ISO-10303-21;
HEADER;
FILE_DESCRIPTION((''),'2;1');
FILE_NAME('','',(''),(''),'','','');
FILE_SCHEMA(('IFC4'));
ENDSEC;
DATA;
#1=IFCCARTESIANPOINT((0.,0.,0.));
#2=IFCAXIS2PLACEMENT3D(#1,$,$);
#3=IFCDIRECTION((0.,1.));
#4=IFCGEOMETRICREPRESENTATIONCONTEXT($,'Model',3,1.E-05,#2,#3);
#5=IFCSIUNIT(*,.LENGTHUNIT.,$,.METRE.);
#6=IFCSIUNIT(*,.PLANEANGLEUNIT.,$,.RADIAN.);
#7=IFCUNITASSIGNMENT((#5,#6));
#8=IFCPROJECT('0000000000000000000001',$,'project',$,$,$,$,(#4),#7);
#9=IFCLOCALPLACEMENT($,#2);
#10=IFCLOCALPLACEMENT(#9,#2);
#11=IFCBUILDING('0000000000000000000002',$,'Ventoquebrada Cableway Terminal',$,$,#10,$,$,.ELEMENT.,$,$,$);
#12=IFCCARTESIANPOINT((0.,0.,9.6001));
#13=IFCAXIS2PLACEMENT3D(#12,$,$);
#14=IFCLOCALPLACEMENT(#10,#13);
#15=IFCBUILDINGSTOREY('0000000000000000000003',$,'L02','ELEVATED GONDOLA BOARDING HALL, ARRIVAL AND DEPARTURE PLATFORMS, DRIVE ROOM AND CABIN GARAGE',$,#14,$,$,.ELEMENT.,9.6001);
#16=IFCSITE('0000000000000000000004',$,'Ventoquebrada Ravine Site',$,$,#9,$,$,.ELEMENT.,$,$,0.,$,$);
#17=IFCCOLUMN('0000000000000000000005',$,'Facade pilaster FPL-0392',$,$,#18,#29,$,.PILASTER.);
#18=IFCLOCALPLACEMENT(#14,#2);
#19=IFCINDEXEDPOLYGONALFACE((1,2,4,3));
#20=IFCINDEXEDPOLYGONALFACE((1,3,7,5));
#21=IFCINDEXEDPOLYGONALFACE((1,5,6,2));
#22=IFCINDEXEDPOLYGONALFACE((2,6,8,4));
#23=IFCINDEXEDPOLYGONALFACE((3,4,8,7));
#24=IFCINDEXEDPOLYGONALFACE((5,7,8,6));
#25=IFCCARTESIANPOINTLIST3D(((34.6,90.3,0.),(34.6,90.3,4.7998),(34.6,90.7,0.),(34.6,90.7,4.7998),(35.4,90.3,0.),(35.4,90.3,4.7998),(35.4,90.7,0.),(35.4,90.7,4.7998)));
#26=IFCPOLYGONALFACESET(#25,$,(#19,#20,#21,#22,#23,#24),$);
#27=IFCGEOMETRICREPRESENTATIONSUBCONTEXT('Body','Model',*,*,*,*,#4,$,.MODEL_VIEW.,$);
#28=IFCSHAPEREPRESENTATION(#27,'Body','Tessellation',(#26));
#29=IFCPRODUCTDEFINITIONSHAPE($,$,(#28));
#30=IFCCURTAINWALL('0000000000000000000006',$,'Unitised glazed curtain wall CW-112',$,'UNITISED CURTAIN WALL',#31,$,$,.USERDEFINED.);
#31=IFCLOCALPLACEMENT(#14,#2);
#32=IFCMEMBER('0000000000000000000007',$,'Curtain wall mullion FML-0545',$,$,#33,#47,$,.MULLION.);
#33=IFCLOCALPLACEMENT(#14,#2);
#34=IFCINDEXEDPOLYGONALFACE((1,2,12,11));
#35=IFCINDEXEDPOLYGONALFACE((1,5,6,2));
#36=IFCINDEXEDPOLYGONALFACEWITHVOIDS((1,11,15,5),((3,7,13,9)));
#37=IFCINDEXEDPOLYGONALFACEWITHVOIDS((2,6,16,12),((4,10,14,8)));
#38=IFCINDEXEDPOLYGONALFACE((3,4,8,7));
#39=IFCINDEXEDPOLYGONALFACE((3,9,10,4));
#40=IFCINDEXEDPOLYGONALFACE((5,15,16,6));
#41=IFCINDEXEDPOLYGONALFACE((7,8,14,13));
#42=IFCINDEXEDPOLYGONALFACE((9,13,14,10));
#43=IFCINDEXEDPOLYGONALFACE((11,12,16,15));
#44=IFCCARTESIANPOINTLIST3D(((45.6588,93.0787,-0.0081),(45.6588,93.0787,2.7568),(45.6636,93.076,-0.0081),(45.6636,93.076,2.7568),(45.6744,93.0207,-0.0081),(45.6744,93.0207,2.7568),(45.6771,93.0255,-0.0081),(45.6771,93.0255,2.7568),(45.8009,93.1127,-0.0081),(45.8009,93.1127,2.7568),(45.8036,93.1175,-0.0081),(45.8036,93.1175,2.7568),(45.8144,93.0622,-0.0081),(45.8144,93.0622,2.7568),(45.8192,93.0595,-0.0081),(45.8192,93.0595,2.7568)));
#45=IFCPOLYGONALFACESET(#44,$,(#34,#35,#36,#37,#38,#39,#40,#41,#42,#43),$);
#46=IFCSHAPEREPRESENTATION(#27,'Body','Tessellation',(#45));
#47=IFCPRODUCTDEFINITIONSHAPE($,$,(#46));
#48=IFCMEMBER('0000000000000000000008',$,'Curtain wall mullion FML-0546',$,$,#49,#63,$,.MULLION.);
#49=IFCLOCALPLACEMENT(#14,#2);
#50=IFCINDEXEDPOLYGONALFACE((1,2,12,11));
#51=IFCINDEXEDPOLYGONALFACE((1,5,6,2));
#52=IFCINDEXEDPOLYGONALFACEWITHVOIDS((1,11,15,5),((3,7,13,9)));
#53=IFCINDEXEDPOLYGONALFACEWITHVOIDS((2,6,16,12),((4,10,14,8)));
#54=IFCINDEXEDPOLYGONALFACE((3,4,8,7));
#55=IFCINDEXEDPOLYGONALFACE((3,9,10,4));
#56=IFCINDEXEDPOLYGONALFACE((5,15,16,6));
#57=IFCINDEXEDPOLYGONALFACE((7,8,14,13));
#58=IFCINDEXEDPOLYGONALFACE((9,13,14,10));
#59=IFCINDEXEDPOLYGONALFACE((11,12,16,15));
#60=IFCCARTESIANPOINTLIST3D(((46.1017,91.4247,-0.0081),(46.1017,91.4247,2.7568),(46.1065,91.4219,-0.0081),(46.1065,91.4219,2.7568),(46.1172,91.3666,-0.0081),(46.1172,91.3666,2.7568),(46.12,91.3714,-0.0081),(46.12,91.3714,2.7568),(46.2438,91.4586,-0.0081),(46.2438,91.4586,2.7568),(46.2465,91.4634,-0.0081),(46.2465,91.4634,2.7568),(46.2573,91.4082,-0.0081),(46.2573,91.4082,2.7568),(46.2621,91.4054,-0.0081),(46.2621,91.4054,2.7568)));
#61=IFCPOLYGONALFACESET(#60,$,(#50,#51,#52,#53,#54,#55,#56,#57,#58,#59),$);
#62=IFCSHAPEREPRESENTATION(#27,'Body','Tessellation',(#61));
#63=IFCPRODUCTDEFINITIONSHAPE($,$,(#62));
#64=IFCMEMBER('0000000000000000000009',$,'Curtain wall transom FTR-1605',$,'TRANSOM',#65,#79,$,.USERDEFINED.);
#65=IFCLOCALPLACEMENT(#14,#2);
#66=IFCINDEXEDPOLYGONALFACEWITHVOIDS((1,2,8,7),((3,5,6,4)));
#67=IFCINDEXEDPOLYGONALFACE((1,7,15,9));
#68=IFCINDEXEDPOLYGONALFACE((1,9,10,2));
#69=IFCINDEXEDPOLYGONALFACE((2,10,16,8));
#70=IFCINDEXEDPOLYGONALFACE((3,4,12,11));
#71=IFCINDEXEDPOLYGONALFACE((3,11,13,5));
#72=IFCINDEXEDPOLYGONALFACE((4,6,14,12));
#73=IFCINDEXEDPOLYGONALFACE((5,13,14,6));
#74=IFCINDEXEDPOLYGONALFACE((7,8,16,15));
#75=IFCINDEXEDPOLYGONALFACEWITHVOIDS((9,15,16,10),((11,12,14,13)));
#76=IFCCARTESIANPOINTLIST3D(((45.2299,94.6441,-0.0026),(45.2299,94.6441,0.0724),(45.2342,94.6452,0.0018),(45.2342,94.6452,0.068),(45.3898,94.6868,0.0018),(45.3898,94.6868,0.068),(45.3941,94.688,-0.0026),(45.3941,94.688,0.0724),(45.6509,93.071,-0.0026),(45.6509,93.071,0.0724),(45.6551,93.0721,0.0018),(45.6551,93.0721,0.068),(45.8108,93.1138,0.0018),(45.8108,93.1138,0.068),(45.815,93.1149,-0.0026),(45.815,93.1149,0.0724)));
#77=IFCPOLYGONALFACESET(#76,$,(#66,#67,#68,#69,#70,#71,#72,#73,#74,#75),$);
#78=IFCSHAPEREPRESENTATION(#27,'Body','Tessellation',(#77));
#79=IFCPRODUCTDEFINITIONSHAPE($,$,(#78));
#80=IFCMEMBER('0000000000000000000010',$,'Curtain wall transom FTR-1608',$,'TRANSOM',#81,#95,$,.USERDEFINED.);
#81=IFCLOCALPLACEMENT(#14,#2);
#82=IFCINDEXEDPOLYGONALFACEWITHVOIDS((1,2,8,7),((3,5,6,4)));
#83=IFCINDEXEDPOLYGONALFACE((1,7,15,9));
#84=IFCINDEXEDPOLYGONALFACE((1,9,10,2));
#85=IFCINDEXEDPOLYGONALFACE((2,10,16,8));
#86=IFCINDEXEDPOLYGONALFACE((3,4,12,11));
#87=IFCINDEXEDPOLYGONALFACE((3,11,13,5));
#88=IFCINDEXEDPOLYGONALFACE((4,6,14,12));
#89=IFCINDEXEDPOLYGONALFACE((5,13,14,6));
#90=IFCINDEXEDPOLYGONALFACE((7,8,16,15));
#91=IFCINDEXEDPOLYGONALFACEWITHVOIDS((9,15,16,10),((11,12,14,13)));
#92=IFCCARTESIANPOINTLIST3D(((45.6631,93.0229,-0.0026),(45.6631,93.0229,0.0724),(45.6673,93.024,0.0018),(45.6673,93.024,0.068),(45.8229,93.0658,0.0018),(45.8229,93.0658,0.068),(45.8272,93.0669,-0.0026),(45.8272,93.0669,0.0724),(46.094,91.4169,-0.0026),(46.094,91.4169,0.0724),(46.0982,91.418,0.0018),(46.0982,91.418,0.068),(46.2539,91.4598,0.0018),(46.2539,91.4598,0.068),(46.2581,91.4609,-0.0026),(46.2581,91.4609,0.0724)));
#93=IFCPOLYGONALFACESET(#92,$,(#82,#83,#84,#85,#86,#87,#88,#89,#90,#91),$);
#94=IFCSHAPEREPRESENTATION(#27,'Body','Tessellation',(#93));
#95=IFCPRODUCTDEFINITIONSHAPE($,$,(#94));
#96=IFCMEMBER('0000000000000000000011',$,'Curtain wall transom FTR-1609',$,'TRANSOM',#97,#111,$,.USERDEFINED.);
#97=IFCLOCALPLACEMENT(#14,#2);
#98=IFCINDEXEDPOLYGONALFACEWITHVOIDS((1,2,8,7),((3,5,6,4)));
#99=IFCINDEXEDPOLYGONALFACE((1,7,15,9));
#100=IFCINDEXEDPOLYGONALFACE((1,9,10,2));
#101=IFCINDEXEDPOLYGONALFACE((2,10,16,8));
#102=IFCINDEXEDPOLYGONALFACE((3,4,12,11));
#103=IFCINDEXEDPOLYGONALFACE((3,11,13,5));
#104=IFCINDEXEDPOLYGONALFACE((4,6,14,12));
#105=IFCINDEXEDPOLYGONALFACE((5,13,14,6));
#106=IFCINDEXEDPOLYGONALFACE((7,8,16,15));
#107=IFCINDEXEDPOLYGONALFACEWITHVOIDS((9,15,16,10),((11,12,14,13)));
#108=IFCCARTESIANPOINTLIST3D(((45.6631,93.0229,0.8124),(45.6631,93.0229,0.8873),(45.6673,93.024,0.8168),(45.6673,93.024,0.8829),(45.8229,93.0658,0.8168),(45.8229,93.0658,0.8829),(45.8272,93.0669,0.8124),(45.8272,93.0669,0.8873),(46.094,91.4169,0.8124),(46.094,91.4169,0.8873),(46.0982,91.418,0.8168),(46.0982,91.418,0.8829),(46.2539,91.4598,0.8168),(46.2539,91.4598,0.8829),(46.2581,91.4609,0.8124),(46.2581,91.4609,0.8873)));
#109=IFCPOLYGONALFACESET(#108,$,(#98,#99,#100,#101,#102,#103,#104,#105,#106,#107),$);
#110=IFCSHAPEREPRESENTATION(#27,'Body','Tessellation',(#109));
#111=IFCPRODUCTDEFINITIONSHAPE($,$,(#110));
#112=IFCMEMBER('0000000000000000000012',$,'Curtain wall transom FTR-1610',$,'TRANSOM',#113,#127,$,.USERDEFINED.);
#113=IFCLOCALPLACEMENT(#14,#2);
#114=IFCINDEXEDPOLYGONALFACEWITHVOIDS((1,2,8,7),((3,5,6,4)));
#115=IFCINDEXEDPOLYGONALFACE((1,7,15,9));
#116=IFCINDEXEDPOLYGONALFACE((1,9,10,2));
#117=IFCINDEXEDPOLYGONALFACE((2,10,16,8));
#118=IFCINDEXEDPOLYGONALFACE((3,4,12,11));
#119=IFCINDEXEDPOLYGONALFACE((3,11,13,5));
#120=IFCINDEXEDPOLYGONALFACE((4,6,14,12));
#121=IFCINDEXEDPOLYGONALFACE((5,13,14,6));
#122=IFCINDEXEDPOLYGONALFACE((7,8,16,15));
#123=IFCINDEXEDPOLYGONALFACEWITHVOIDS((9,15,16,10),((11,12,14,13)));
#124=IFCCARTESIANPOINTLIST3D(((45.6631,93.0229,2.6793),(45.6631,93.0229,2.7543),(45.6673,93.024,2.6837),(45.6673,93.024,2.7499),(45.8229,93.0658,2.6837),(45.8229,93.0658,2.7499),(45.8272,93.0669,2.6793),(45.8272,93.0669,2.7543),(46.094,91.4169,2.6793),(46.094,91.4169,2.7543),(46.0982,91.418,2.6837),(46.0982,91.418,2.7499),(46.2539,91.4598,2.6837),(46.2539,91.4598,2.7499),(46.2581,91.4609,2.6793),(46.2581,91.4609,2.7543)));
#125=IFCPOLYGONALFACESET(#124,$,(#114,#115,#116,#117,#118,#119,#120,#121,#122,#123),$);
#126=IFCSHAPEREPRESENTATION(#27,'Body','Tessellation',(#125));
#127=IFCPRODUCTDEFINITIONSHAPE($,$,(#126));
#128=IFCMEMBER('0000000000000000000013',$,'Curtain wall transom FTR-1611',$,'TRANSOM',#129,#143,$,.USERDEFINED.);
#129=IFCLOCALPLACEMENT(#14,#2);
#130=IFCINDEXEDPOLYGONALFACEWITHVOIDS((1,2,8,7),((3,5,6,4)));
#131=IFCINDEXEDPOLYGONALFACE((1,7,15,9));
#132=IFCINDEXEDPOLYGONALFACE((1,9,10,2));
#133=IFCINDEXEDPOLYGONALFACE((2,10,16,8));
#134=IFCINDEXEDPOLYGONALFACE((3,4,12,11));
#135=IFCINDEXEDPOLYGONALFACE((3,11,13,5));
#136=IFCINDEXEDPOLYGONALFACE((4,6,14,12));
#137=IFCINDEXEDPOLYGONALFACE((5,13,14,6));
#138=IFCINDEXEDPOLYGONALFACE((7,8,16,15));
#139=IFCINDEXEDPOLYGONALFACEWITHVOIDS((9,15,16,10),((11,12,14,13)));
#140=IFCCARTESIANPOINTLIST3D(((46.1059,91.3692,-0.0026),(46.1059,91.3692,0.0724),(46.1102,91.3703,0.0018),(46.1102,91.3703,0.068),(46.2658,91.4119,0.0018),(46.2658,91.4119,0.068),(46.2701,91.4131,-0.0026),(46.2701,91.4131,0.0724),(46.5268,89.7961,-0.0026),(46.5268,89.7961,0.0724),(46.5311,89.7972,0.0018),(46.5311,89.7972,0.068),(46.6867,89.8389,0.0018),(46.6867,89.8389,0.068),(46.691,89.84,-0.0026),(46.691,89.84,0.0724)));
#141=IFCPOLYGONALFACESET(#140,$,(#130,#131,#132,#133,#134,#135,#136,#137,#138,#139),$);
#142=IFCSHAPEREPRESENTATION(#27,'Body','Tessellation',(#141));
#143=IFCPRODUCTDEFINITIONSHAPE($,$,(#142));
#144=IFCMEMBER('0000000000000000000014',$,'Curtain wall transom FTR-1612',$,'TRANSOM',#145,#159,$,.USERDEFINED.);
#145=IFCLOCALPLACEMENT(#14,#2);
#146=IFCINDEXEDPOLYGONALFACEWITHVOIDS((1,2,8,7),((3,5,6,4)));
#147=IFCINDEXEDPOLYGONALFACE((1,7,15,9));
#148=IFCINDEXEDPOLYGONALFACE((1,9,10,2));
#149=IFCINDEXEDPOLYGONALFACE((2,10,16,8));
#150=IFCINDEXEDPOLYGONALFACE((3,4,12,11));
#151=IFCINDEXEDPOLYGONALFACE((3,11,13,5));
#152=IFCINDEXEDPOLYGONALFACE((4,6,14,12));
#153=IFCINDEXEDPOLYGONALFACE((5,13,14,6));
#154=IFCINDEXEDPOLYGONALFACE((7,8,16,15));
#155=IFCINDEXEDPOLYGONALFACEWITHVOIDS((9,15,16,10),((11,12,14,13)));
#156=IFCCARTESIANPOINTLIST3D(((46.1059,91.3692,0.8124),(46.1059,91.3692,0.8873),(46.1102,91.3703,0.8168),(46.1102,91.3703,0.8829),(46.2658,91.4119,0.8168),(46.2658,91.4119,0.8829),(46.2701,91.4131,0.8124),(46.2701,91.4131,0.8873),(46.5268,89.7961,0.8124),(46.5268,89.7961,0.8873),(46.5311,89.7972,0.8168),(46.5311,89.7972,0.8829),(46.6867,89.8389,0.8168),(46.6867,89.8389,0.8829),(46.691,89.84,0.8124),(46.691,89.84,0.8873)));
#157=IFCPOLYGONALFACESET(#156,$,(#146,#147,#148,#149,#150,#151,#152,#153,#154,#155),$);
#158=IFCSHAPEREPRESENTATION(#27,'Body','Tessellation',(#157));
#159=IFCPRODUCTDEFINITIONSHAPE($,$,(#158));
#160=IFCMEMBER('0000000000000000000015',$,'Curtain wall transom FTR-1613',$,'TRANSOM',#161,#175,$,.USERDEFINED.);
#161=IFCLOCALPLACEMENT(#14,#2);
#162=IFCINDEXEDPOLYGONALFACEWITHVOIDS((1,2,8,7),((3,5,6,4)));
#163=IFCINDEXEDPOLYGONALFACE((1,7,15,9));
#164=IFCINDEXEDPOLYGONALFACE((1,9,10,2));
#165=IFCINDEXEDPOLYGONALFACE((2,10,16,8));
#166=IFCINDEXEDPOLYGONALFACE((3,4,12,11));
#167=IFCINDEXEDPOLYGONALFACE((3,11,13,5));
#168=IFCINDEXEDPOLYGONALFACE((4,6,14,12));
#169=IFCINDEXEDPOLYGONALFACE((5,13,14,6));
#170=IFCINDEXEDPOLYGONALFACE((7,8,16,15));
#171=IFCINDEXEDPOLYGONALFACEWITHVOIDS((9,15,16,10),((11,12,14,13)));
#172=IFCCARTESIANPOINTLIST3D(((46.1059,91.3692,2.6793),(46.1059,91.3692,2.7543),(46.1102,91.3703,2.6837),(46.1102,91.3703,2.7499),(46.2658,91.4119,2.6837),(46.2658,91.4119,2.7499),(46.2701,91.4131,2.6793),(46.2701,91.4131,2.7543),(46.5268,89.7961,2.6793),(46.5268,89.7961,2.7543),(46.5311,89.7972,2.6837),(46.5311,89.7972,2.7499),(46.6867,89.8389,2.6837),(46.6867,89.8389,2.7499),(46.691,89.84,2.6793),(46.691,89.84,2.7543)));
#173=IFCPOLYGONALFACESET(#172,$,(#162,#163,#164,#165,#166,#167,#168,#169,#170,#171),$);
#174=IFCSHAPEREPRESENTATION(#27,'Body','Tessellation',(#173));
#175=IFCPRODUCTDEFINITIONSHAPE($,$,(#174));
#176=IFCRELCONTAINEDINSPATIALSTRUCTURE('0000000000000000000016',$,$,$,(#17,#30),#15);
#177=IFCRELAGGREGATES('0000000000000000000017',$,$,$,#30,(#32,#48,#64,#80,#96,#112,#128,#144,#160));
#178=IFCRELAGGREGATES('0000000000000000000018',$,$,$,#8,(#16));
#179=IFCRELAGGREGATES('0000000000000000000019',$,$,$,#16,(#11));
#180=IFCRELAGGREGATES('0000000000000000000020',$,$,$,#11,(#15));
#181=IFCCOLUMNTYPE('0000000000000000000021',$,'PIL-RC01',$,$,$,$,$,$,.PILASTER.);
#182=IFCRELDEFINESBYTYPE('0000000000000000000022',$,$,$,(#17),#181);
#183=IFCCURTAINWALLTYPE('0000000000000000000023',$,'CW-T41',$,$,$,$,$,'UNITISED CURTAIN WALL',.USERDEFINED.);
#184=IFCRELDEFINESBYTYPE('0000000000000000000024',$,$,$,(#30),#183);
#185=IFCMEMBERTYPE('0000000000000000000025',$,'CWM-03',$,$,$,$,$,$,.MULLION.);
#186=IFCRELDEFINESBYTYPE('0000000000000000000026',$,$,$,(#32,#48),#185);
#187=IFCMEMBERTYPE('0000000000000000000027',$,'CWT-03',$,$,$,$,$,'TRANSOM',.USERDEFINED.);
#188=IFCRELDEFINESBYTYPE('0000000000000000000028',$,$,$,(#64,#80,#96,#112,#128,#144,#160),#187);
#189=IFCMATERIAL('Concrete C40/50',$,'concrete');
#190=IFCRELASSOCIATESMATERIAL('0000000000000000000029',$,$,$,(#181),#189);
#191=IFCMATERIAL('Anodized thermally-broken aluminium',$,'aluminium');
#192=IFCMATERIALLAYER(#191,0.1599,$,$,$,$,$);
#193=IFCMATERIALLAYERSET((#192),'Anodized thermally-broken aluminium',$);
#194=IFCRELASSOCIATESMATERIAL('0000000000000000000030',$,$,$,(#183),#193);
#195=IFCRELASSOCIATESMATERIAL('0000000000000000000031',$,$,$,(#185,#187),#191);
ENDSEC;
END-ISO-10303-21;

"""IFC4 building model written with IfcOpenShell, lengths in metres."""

from ifc_helpers import new_model, si_unit, direction, frame, origin, origin_2d, place, context, subcontext, project, spatial, rectangle, hollow_rectangle, extrude, material, layer, layer_set, material_profile, profile_set, type_object, element, aggregate, save


model = new_model("IFC4")

# Units and contexts
model_context = context("Model", 3, precision=1e-05, world=origin(), true_north=direction((0.0, 1.0)))
body_context = subcontext(model_context, "Body", "Model", "MODEL_VIEW")
ifc_project = project(units=[si_unit("LENGTHUNIT", "METRE"), si_unit("PLANEANGLEUNIT", "RADIAN")], contexts=[model_context])

# Site, building, storey
site_placement = place(None, origin())
site = spatial("IfcSite", under=ifc_project, at=site_placement, Name="Ventoquebrada Ravine Site", CompositionType="ELEMENT", RefElevation=0.0)
building_placement = place(site_placement, origin())
building = spatial("IfcBuilding", under=site, at=building_placement, Name="Ventoquebrada Cableway Terminal", CompositionType="ELEMENT")
storey_placement = place(building_placement, frame((0.0, 0.0, 9.6001)))
storey = spatial("IfcBuildingStorey", under=building, at=storey_placement, Name="L02", Description="ELEVATED GONDOLA BOARDING HALL, ARRIVAL AND DEPARTURE PLATFORMS, DRIVE ROOM AND CABIN GARAGE", CompositionType="ELEMENT", Elevation=9.6001)

# Column
ifc_material_1 = material(Name="Concrete C40/50", Category="concrete")
ifc_material_profile_1 = material_profile(ifc_material_1, rectangle(XDim=0.3999, YDim=0.8, at=origin_2d()), Name="RC-PIL-400X800")
ifc_profile_set_1 = profile_set([ifc_material_profile_1], Name="Concrete C40/50")
column_type = type_object("IfcColumnType", Name="PIL-RC01", PredefinedType="PILASTER", material=ifc_profile_set_1)
column_placement = place(storey_placement, frame((35.0, 90.5, 0.0), z_axis=(0.0, 0.0, 1.0), x_axis=(0.0, 1.0, 0.0)))
element("IfcColumn", 1, at=column_placement, inside=storey, type_object=column_type, Name="Facade pilaster FPL-0392", PredefinedType="PILASTER", context=body_context, shape_type="SweptSolid", body=[
    extrude(rectangle(XDim=0.3999, YDim=0.8, at=origin_2d()), origin(), (0.0, 0.0, 1.0), 4.7998),
])

# Curtain wall, members
ifc_material_2 = material(Name="Anodized thermally-broken aluminium", Category="aluminium")
ifc_layer_1 = layer(ifc_material_2, 0.1599)
ifc_layer_set_1 = layer_set([ifc_layer_1], Name="Anodized thermally-broken aluminium")
curtain_wall_type_1 = type_object("IfcCurtainWallType", Name="CW-T41", ElementType="UNITISED CURTAIN WALL", PredefinedType="USERDEFINED", material=ifc_layer_set_1)
curtain_wall_1_placement = place(storey_placement, origin())
curtain_wall_1 = element("IfcCurtainWall", 2, at=curtain_wall_1_placement, inside=storey, type_object=curtain_wall_type_1, Name="Unitised glazed curtain wall CW-112", ObjectType="UNITISED CURTAIN WALL", PredefinedType="USERDEFINED")
ifc_material_profile_2 = material_profile(ifc_material_2, hollow_rectangle(XDim=0.0601, YDim=0.1499, WallThickness=0.0039, at=origin_2d()), Name="CW-MUL-60X150")
ifc_profile_set_2 = profile_set([ifc_material_profile_2], Name="Anodized thermally-broken aluminium")
member_type_1 = type_object("IfcMemberType", Name="CWM-03", PredefinedType="MULLION", material=ifc_profile_set_2)
member_1_placement = place(storey_placement, frame((45.739, 93.0691, -0.0081), z_axis=(0.0, 0.0, 1.0), x_axis=(0.258617, -0.96598, 0.0)))
member_1 = element("IfcMember", 3, at=member_1_placement, type_object=member_type_1, Name="Curtain wall mullion FML-0545", PredefinedType="MULLION", context=body_context, shape_type="SweptSolid", body=[
    extrude(hollow_rectangle(XDim=0.0601, YDim=0.1499, WallThickness=0.0039, at=origin_2d()), origin(), (0.0, 0.0, 1.0), 2.7649),
])
member_2_placement = place(storey_placement, frame((46.1819, 91.415, -0.0081), z_axis=(0.0, 0.0, 1.0), x_axis=(0.258617, -0.96598, 0.0)))
member_2 = element("IfcMember", 4, at=member_2_placement, type_object=member_type_1, Name="Curtain wall mullion FML-0546", PredefinedType="MULLION", context=body_context, shape_type="SweptSolid", body=[
    extrude(hollow_rectangle(XDim=0.0601, YDim=0.1499, WallThickness=0.0039, at=origin_2d()), origin(), (0.0, 0.0, 1.0), 2.7649),
])
ifc_material_profile_3 = material_profile(ifc_material_2, hollow_rectangle(XDim=0.075, YDim=0.1699, WallThickness=0.0044, at=origin_2d()), Name="CW-TRN-75X170")
ifc_profile_set_3 = profile_set([ifc_material_profile_3], Name="Anodized thermally-broken aluminium")
member_type_2 = type_object("IfcMemberType", Name="CWT-03", ElementType="TRANSOM", PredefinedType="USERDEFINED", material=ifc_profile_set_3)
member_3_placement = place(storey_placement, frame((45.312, 94.666, 0.0349), z_axis=(0.258484, -0.966016, 0.0), x_axis=(0.0, 0.0, 1.0)))
member_3 = element("IfcMember", 5, at=member_3_placement, type_object=member_type_2, Name="Curtain wall transom FTR-1605", ObjectType="TRANSOM", PredefinedType="USERDEFINED", context=body_context, shape_type="SweptSolid", body=[
    extrude(hollow_rectangle(XDim=0.075, YDim=0.1699, WallThickness=0.0044, at=origin_2d()), origin(), (0.0, 0.0, 1.0), 1.6284),
])
member_4_placement = place(storey_placement, frame((45.7451, 93.0449, 0.0349), z_axis=(0.259152, -0.965837, 0.0), x_axis=(0.0, 0.0, 1.0)))
member_4 = element("IfcMember", 6, at=member_4_placement, type_object=member_type_2, Name="Curtain wall transom FTR-1608", ObjectType="TRANSOM", PredefinedType="USERDEFINED", context=body_context, shape_type="SweptSolid", body=[
    extrude(hollow_rectangle(XDim=0.075, YDim=0.1699, WallThickness=0.0044, at=origin_2d()), origin(), (0.0, 0.0, 1.0), 1.6628),
])
member_5_placement = place(storey_placement, frame((45.7451, 93.0449, 0.8499), z_axis=(0.259152, -0.965837, 0.0), x_axis=(0.0, 0.0, 1.0)))
member_5 = element("IfcMember", 7, at=member_5_placement, type_object=member_type_2, Name="Curtain wall transom FTR-1609", ObjectType="TRANSOM", PredefinedType="USERDEFINED", context=body_context, shape_type="SweptSolid", body=[
    extrude(hollow_rectangle(XDim=0.075, YDim=0.1699, WallThickness=0.0044, at=origin_2d()), origin(), (0.0, 0.0, 1.0), 1.6628),
])
member_6_placement = place(storey_placement, frame((45.7451, 93.0449, 2.7168), z_axis=(0.259152, -0.965837, 0.0), x_axis=(0.0, 0.0, 1.0)))
member_6 = element("IfcMember", 8, at=member_6_placement, type_object=member_type_2, Name="Curtain wall transom FTR-1610", ObjectType="TRANSOM", PredefinedType="USERDEFINED", context=body_context, shape_type="SweptSolid", body=[
    extrude(hollow_rectangle(XDim=0.075, YDim=0.1699, WallThickness=0.0044, at=origin_2d()), origin(), (0.0, 0.0, 1.0), 1.6628),
])
member_7_placement = place(storey_placement, frame((46.188, 91.3911, 0.0349), z_axis=(0.258484, -0.966016, 0.0), x_axis=(0.0, 0.0, 1.0)))
member_7 = element("IfcMember", 9, at=member_7_placement, type_object=member_type_2, Name="Curtain wall transom FTR-1611", ObjectType="TRANSOM", PredefinedType="USERDEFINED", context=body_context, shape_type="SweptSolid", body=[
    extrude(hollow_rectangle(XDim=0.075, YDim=0.1699, WallThickness=0.0044, at=origin_2d()), origin(), (0.0, 0.0, 1.0), 1.6284),
])
member_8_placement = place(storey_placement, frame((46.188, 91.3911, 0.8499), z_axis=(0.258484, -0.966016, 0.0), x_axis=(0.0, 0.0, 1.0)))
member_8 = element("IfcMember", 10, at=member_8_placement, type_object=member_type_2, Name="Curtain wall transom FTR-1612", ObjectType="TRANSOM", PredefinedType="USERDEFINED", context=body_context, shape_type="SweptSolid", body=[
    extrude(hollow_rectangle(XDim=0.075, YDim=0.1699, WallThickness=0.0044, at=origin_2d()), origin(), (0.0, 0.0, 1.0), 1.6284),
])
member_9_placement = place(storey_placement, frame((46.188, 91.3911, 2.7168), z_axis=(0.258484, -0.966016, 0.0), x_axis=(0.0, 0.0, 1.0)))
member_9 = element("IfcMember", 11, at=member_9_placement, type_object=member_type_2, Name="Curtain wall transom FTR-1613", ObjectType="TRANSOM", PredefinedType="USERDEFINED", context=body_context, shape_type="SweptSolid", body=[
    extrude(hollow_rectangle(XDim=0.075, YDim=0.1699, WallThickness=0.0044, at=origin_2d()), origin(), (0.0, 0.0, 1.0), 1.6284),
])

aggregate(curtain_wall_1, [member_1, member_2, member_3, member_4, member_5, member_6, member_7, member_8, member_9])

save(model, "model.ifc")
